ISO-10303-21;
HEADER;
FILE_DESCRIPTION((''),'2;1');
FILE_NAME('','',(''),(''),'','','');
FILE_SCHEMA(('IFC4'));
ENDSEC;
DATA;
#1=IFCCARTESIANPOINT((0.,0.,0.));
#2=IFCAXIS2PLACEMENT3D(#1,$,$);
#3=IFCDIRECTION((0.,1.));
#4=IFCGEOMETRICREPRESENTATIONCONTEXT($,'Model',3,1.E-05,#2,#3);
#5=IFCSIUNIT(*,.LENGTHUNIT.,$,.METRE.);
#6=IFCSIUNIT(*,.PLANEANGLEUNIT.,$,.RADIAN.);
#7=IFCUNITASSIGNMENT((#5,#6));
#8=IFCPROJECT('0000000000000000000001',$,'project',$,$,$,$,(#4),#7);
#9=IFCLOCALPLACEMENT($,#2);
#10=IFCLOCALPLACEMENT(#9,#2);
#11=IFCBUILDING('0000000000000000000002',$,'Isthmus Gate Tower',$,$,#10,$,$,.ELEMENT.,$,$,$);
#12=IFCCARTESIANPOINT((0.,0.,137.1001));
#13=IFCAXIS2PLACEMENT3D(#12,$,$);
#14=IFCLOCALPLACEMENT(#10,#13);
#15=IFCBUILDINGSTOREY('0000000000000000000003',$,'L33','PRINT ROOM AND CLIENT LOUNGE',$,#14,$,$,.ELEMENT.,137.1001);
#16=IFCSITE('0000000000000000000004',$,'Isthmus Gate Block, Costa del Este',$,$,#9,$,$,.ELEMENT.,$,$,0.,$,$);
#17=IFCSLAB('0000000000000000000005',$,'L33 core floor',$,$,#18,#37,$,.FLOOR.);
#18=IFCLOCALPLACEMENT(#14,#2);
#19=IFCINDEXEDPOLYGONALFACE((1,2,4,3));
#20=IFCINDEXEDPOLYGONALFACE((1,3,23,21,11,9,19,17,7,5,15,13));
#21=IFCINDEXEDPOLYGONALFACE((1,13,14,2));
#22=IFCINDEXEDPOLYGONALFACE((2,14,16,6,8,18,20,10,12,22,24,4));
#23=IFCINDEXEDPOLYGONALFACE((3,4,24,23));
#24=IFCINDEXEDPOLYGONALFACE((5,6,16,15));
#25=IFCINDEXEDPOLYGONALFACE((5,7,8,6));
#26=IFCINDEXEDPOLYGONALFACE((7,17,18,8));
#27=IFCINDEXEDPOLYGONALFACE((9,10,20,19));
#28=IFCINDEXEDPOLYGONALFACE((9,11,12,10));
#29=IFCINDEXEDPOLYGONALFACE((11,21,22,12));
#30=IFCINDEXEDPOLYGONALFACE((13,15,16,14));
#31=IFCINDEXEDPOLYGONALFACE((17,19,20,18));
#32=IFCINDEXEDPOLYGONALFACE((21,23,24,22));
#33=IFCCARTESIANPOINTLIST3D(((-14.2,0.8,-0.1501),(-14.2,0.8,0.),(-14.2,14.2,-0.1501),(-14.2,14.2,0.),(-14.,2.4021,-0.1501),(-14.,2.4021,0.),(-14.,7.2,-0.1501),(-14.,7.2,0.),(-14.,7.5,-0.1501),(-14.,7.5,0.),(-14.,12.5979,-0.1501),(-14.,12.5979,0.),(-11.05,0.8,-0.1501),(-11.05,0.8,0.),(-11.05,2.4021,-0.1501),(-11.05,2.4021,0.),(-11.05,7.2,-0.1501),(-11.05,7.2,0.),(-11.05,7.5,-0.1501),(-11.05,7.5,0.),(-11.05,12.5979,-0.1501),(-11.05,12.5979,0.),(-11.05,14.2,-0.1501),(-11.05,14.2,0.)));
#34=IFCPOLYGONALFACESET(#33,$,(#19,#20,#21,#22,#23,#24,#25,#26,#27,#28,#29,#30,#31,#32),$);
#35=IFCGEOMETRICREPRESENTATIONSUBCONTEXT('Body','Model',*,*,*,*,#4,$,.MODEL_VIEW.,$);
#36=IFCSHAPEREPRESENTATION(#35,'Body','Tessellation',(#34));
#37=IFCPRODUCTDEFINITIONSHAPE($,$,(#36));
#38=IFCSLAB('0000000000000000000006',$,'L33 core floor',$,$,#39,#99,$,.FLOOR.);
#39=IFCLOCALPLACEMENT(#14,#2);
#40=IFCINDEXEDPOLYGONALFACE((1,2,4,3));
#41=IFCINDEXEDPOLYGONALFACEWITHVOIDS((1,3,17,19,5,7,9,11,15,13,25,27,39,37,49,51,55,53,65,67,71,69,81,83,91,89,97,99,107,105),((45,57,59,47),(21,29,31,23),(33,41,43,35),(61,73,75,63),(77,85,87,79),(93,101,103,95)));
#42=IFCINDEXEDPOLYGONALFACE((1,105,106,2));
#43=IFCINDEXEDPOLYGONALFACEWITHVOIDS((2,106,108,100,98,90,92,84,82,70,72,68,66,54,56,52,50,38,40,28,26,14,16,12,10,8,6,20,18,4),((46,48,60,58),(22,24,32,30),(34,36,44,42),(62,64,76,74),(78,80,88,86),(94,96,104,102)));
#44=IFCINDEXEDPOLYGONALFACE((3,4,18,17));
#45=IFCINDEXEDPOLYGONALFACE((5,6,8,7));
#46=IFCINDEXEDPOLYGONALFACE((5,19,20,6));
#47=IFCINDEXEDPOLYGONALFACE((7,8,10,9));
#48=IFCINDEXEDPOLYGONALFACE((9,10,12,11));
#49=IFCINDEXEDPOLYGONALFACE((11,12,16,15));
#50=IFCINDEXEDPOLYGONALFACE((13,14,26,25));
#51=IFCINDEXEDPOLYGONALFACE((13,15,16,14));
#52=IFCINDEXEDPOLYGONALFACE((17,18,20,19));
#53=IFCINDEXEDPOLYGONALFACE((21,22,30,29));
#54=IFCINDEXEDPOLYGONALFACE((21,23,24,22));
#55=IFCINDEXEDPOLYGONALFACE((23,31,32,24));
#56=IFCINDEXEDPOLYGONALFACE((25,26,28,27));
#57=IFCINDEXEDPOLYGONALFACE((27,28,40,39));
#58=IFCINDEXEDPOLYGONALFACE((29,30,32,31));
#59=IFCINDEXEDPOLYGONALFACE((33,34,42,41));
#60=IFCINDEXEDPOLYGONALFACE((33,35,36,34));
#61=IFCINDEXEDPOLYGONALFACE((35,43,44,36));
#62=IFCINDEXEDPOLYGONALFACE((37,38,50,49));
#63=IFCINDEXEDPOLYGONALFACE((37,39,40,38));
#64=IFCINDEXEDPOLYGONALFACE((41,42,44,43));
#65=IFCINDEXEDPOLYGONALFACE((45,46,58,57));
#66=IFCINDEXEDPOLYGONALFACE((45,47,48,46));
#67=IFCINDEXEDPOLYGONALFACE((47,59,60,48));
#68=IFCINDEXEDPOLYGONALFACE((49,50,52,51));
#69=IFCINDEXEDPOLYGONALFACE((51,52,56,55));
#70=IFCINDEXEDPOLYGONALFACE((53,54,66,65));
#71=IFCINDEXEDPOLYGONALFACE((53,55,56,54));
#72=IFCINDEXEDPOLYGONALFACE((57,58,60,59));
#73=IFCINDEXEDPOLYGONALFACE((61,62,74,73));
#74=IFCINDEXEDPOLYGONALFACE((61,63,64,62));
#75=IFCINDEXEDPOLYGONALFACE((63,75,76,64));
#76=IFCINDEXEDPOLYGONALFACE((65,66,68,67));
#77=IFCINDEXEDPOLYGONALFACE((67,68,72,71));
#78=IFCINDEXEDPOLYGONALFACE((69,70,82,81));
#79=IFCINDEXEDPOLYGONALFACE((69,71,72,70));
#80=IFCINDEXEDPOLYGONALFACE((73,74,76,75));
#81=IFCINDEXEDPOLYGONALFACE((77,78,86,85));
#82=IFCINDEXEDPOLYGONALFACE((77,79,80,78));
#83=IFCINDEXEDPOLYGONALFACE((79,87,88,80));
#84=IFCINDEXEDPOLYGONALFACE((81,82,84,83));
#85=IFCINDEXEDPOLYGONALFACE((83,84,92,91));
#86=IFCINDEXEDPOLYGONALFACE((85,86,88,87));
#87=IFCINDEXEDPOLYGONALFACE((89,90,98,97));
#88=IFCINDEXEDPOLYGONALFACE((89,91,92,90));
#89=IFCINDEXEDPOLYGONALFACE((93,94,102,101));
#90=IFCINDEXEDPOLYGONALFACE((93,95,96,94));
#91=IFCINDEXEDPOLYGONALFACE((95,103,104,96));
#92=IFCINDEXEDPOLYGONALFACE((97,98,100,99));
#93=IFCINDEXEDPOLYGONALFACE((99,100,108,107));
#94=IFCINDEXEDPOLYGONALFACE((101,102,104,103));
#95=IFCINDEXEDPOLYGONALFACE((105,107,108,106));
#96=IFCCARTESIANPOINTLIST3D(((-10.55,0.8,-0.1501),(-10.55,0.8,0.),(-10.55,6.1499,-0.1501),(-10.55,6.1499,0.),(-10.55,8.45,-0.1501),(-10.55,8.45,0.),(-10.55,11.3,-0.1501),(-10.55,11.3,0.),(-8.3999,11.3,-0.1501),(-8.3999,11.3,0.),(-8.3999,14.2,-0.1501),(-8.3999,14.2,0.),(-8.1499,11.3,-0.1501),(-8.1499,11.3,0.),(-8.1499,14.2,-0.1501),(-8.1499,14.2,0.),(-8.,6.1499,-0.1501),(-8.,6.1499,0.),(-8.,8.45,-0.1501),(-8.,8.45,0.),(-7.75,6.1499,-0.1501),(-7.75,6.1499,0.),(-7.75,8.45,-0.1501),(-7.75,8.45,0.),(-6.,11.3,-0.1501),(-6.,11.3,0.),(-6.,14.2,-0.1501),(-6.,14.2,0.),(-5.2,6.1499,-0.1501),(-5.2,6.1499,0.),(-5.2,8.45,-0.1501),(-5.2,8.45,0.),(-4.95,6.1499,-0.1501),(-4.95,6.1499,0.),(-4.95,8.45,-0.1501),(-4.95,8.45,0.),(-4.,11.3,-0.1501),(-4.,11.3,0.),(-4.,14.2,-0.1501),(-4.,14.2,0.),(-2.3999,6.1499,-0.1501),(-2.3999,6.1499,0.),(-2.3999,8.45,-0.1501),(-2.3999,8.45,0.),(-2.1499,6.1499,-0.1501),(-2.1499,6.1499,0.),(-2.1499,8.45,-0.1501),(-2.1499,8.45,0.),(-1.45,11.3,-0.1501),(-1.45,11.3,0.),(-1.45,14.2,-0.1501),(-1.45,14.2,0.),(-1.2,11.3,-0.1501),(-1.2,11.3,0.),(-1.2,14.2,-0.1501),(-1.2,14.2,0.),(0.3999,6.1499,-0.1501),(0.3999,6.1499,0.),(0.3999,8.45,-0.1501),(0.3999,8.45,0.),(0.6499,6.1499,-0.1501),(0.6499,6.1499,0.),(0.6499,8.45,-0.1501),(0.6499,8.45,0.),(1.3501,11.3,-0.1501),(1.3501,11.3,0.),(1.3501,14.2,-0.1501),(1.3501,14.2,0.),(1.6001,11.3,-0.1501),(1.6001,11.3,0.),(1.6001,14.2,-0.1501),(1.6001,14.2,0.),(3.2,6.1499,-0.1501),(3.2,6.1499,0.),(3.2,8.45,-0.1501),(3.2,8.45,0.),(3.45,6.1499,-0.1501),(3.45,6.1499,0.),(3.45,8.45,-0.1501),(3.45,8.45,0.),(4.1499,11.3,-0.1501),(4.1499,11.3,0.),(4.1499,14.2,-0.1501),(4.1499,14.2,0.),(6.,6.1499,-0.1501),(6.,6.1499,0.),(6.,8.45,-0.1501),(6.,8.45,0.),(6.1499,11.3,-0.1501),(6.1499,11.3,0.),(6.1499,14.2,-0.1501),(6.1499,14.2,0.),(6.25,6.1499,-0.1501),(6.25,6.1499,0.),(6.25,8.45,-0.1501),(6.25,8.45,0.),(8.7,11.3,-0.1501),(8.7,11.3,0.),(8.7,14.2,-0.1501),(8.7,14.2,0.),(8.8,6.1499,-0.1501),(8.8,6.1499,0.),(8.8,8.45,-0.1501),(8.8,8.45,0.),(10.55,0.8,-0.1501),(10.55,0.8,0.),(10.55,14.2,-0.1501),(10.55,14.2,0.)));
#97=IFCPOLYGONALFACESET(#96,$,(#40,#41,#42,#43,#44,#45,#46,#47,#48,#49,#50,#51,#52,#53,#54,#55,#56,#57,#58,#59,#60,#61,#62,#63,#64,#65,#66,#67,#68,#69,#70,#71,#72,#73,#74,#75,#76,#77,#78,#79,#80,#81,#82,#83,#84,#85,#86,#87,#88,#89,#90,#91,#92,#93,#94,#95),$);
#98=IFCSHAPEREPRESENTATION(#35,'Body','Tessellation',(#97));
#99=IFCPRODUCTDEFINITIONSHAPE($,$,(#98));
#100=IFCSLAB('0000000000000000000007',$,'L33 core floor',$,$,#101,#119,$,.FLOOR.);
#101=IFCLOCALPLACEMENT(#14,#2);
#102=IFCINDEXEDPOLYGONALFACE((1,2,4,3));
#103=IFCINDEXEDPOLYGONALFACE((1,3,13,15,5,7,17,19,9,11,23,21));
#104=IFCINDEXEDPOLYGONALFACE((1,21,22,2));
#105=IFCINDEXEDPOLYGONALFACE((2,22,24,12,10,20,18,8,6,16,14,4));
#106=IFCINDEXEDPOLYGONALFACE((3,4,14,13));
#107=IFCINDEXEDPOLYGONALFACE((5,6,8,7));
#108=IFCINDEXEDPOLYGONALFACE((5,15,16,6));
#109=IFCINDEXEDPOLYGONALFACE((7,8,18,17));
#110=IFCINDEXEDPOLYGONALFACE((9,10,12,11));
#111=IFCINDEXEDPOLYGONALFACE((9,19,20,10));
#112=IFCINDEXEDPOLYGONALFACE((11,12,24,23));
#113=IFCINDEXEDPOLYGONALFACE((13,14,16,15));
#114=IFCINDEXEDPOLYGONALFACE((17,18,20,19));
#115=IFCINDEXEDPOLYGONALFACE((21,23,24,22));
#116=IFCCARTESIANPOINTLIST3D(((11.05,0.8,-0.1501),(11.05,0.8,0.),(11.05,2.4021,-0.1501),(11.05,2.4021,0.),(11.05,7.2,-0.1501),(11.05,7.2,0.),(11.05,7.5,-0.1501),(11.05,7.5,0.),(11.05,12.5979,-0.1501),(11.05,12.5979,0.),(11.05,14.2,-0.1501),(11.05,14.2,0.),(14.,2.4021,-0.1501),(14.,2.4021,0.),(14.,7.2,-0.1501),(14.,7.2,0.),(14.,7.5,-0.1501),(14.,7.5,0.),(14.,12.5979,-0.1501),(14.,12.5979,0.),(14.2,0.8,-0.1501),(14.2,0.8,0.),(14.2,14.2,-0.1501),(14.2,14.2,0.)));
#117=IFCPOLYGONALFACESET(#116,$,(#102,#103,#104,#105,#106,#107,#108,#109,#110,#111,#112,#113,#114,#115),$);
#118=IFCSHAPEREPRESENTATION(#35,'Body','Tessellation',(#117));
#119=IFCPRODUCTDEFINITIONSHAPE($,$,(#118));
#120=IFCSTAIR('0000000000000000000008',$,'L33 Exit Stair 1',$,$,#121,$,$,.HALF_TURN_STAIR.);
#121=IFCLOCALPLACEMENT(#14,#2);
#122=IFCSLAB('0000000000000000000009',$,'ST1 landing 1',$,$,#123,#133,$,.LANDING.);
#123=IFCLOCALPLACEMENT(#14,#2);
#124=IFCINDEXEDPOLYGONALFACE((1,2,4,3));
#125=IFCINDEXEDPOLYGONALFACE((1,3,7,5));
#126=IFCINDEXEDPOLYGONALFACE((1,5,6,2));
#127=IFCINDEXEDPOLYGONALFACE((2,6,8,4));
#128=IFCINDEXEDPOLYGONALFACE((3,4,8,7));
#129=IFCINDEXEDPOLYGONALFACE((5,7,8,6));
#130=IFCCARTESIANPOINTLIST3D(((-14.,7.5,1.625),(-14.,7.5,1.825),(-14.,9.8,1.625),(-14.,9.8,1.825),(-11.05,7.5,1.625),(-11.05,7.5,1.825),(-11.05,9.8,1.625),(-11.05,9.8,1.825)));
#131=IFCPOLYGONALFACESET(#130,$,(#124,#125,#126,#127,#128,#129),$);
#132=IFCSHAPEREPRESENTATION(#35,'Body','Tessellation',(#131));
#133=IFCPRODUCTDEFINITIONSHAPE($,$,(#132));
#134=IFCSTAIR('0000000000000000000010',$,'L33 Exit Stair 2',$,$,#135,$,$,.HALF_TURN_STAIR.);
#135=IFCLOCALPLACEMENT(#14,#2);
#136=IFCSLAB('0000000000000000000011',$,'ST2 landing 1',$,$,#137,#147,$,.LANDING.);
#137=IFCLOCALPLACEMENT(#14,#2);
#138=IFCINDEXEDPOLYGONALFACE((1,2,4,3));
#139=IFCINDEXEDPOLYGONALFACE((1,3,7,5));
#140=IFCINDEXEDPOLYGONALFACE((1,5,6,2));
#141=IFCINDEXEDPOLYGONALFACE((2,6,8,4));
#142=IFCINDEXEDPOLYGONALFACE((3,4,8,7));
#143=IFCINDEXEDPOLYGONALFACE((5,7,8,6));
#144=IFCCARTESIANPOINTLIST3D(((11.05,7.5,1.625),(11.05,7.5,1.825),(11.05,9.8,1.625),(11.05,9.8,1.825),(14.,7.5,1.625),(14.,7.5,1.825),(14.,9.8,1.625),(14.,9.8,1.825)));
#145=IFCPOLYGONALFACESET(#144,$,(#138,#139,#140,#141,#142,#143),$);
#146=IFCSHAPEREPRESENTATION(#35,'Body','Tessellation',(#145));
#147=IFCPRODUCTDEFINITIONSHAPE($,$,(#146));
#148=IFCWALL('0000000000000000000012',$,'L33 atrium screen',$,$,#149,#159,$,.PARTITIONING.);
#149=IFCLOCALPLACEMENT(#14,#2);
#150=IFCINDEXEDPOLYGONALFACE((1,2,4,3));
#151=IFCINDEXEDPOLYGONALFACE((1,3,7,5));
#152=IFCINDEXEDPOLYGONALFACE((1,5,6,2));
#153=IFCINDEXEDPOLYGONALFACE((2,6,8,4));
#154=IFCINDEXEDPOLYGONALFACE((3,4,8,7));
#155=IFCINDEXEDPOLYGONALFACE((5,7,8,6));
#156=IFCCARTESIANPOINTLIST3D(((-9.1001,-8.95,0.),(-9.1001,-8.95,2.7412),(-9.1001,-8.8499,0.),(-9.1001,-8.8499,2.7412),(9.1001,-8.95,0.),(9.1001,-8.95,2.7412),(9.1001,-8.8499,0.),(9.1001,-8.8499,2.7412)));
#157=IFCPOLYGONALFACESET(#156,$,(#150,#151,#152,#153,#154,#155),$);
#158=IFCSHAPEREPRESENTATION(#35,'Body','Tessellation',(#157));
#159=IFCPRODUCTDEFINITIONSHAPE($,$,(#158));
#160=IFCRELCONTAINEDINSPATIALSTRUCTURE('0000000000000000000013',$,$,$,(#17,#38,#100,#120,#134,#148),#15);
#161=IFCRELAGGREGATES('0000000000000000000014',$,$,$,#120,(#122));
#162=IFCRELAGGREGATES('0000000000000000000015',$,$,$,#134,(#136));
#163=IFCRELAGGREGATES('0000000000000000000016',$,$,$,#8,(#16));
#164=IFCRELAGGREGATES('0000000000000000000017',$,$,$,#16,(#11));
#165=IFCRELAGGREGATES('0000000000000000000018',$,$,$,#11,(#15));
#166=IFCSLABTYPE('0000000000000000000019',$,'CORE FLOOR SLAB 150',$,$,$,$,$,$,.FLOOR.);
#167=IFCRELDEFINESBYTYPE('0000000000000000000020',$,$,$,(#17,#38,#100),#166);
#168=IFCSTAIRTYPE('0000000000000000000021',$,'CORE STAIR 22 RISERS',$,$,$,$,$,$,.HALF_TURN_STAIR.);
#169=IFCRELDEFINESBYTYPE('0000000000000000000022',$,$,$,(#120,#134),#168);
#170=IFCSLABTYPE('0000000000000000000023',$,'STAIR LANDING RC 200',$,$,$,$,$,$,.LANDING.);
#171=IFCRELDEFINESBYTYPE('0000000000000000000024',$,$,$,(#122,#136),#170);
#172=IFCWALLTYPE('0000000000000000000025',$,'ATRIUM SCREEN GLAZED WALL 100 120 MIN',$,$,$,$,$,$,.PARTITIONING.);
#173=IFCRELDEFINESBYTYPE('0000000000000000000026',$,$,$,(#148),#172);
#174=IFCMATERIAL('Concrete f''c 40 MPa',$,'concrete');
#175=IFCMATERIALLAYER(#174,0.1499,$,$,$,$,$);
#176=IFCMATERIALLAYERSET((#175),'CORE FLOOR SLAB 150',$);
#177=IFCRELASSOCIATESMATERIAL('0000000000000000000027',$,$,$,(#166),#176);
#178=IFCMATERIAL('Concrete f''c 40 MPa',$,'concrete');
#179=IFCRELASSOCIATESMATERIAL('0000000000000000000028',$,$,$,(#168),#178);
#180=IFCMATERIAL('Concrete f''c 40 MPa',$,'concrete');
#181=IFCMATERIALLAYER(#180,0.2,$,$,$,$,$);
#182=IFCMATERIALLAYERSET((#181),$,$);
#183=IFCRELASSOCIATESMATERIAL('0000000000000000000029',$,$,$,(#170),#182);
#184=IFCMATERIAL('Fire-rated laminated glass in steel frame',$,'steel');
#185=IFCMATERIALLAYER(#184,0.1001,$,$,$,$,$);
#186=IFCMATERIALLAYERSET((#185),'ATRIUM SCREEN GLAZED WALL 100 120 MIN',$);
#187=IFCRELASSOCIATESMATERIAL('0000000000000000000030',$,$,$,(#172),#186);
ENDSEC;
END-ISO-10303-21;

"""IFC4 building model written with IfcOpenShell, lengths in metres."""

from ifc_helpers import new_model, si_unit, direction, frame, frame_2d, origin, place, context, subcontext, project, spatial, polyline, rectangle, outline, extrude, material, layer, layer_set, type_object, element, aggregate, save


model = new_model("IFC4")

# Units and contexts
model_context = context("Model", 3, precision=1e-05, world=origin(), true_north=direction((0.0, 1.0)))
body_context = subcontext(model_context, "Body", "Model", "MODEL_VIEW")
ifc_project = project(units=[si_unit("LENGTHUNIT", "METRE"), si_unit("PLANEANGLEUNIT", "RADIAN")], contexts=[model_context])

# Site, building, storey
site_placement = place(None, origin())
site = spatial("IfcSite", under=ifc_project, at=site_placement, Name="Isthmus Gate Block, Costa del Este", CompositionType="ELEMENT", RefElevation=0.0)
building_placement = place(site_placement, origin())
building = spatial("IfcBuilding", under=site, at=building_placement, Name="Isthmus Gate Tower", CompositionType="ELEMENT")
storey_placement = place(building_placement, frame((0.0, 0.0, 137.1001)))
storey = spatial("IfcBuildingStorey", under=building, at=storey_placement, Name="L33", Description="PRINT ROOM AND CLIENT LOUNGE", CompositionType="ELEMENT", Elevation=137.1001)

# Slabs
ifc_material_1 = material(Name="Concrete f'c 40 MPa", Category="concrete")
ifc_layer_1 = layer(ifc_material_1, 0.1499)
ifc_layer_set_1 = layer_set([ifc_layer_1], Name="CORE FLOOR SLAB 150")
slab_type_1 = type_object("IfcSlabType", Name="CORE FLOOR SLAB 150", PredefinedType="FLOOR", material=ifc_layer_set_1)
slab_1_placement = place(storey_placement, frame((0.0, 0.0, -0.1501)))
element("IfcSlab", 1, at=slab_1_placement, inside=storey, type_object=slab_type_1, Name="L33 core floor", PredefinedType="FLOOR", context=body_context, shape_type="SweptSolid", body=[
    extrude(outline(polyline([(-11.05, 0.8), (-11.05, 2.4021), (-14.0, 2.4021), (-14.0, 7.2), (-11.05, 7.2), (-11.05, 7.5), (-14.0, 7.5), (-14.0, 12.5979), (-11.05, 12.5979), (-11.05, 14.2), (-14.2, 14.2), (-14.2, 0.8), (-11.05, 0.8)])), origin(), (0.0, 0.0, 1.0), 0.1501),
])
slab_2_placement = place(storey_placement, frame((0.0, 0.0, -0.1501)))
element("IfcSlab", 2, at=slab_2_placement, inside=storey, type_object=slab_type_1, Name="L33 core floor", PredefinedType="FLOOR", context=body_context, shape_type="SweptSolid", body=[
    extrude(outline(polyline([(10.55, 14.2), (8.7, 14.2), (8.7, 11.3), (6.1499, 11.3), (6.1499, 14.2), (4.1499, 14.2), (4.1499, 11.3), (1.6001, 11.3), (1.6001, 14.2), (1.3501, 14.2), (1.3501, 11.3), (-1.2, 11.3), (-1.2, 14.2), (-1.45, 14.2), (-1.45, 11.3), (-4.0, 11.3), (-4.0, 14.2), (-6.0, 14.2), (-6.0, 11.3), (-8.1499, 11.3), (-8.1499, 14.2), (-8.3999, 14.2), (-8.3999, 11.3), (-10.55, 11.3), (-10.55, 8.45), (-8.0, 8.45), (-8.0, 6.1499), (-10.55, 6.1499), (-10.55, 0.8), (10.55, 0.8), (10.55, 14.2)]), holes=[polyline([(-5.2, 8.45), (-5.2, 6.1499), (-7.75, 6.1499), (-7.75, 8.45), (-5.2, 8.45)]), polyline([(-2.3999, 8.45), (-2.3999, 6.1499), (-4.95, 6.1499), (-4.95, 8.45), (-2.3999, 8.45)]), polyline([(0.3999, 8.45), (0.3999, 6.1499), (-2.1499, 6.1499), (-2.1499, 8.45), (0.3999, 8.45)]), polyline([(3.2, 8.45), (3.2, 6.1499), (0.6499, 6.1499), (0.6499, 8.45), (3.2, 8.45)]), polyline([(6.0, 8.45), (6.0, 6.1499), (3.45, 6.1499), (3.45, 8.45), (6.0, 8.45)]), polyline([(8.8, 8.45), (8.8, 6.1499), (6.25, 6.1499), (6.25, 8.45), (8.8, 8.45)])]), origin(), (0.0, 0.0, 1.0), 0.1501),
])
slab_3_placement = place(storey_placement, frame((0.0, 0.0, -0.1501)))
element("IfcSlab", 3, at=slab_3_placement, inside=storey, type_object=slab_type_1, Name="L33 core floor", PredefinedType="FLOOR", context=body_context, shape_type="SweptSolid", body=[
    extrude(outline(polyline([(11.05, 14.2), (11.05, 12.5979), (14.0, 12.5979), (14.0, 7.5), (11.05, 7.5), (11.05, 7.2), (14.0, 7.2), (14.0, 2.4021), (11.05, 2.4021), (11.05, 0.8), (14.2, 0.8), (14.2, 14.2), (11.05, 14.2)])), origin(), (0.0, 0.0, 1.0), 0.1501),
])

# Stairs, slabs
ifc_material_2 = material(Name="Concrete f'c 40 MPa", Category="concrete")
stair_type = type_object("IfcStairType", Name="CORE STAIR 22 RISERS", PredefinedType="HALF_TURN_STAIR", material=ifc_material_2)
stair_1_placement = place(storey_placement, origin())
stair_1 = element("IfcStair", 4, at=stair_1_placement, inside=storey, type_object=stair_type, Name="L33 Exit Stair 1", PredefinedType="HALF_TURN_STAIR")
ifc_material_3 = material(Name="Concrete f'c 40 MPa", Category="concrete")
ifc_layer_2 = layer(ifc_material_3, 0.2)
ifc_layer_set_2 = layer_set([ifc_layer_2])
slab_type_2 = type_object("IfcSlabType", Name="STAIR LANDING RC 200", PredefinedType="LANDING", material=ifc_layer_set_2)
slab_4_placement = place(storey_placement, frame((0.0, 0.0, 1.625)))
slab_4 = element("IfcSlab", 5, at=slab_4_placement, type_object=slab_type_2, Name="ST1 landing 1", PredefinedType="LANDING", context=body_context, shape_type="SweptSolid", body=[
    extrude(outline(polyline([(-14.0, 9.8), (-14.0, 7.5), (-11.05, 7.5), (-11.05, 9.8), (-14.0, 9.8)])), origin(), (0.0, 0.0, 1.0), 0.2),
])
aggregate(stair_1, [slab_4])
stair_2_placement = place(storey_placement, origin())
stair_2 = element("IfcStair", 6, at=stair_2_placement, inside=storey, type_object=stair_type, Name="L33 Exit Stair 2", PredefinedType="HALF_TURN_STAIR")
slab_5_placement = place(storey_placement, frame((0.0, 0.0, 1.625)))
slab_5 = element("IfcSlab", 7, at=slab_5_placement, type_object=slab_type_2, Name="ST2 landing 1", PredefinedType="LANDING", context=body_context, shape_type="SweptSolid", body=[
    extrude(outline(polyline([(11.05, 9.8), (11.05, 7.5), (14.0, 7.5), (14.0, 9.8), (11.05, 9.8)])), origin(), (0.0, 0.0, 1.0), 0.2),
])
aggregate(stair_2, [slab_5])

# Wall
ifc_material_4 = material(Name="Fire-rated laminated glass in steel frame", Category="steel")
ifc_layer_3 = layer(ifc_material_4, 0.1001)
ifc_layer_set_3 = layer_set([ifc_layer_3], Name="ATRIUM SCREEN GLAZED WALL 100 120 MIN")
wall_type_1 = type_object("IfcWallType", Name="ATRIUM SCREEN GLAZED WALL 100 120 MIN", PredefinedType="PARTITIONING", material=ifc_layer_set_3)
wall_1_placement = place(storey_placement, frame((-9.1001, -8.8999, 0.0), z_axis=(0.0, 0.0, 1.0), x_axis=(1.0, 0.0, 0.0)))
element("IfcWall", 8, at=wall_1_placement, inside=storey, type_object=wall_type_1, Name="L33 atrium screen", PredefinedType="PARTITIONING", context=body_context, shape_type="SweptSolid", body=[
    extrude(rectangle(XDim=18.2002, YDim=0.1001, at=frame_2d((9.1001, 0.0))), origin(), (0.0, 0.0, 1.0), 2.7412),
])

save(model, "model.ifc")
